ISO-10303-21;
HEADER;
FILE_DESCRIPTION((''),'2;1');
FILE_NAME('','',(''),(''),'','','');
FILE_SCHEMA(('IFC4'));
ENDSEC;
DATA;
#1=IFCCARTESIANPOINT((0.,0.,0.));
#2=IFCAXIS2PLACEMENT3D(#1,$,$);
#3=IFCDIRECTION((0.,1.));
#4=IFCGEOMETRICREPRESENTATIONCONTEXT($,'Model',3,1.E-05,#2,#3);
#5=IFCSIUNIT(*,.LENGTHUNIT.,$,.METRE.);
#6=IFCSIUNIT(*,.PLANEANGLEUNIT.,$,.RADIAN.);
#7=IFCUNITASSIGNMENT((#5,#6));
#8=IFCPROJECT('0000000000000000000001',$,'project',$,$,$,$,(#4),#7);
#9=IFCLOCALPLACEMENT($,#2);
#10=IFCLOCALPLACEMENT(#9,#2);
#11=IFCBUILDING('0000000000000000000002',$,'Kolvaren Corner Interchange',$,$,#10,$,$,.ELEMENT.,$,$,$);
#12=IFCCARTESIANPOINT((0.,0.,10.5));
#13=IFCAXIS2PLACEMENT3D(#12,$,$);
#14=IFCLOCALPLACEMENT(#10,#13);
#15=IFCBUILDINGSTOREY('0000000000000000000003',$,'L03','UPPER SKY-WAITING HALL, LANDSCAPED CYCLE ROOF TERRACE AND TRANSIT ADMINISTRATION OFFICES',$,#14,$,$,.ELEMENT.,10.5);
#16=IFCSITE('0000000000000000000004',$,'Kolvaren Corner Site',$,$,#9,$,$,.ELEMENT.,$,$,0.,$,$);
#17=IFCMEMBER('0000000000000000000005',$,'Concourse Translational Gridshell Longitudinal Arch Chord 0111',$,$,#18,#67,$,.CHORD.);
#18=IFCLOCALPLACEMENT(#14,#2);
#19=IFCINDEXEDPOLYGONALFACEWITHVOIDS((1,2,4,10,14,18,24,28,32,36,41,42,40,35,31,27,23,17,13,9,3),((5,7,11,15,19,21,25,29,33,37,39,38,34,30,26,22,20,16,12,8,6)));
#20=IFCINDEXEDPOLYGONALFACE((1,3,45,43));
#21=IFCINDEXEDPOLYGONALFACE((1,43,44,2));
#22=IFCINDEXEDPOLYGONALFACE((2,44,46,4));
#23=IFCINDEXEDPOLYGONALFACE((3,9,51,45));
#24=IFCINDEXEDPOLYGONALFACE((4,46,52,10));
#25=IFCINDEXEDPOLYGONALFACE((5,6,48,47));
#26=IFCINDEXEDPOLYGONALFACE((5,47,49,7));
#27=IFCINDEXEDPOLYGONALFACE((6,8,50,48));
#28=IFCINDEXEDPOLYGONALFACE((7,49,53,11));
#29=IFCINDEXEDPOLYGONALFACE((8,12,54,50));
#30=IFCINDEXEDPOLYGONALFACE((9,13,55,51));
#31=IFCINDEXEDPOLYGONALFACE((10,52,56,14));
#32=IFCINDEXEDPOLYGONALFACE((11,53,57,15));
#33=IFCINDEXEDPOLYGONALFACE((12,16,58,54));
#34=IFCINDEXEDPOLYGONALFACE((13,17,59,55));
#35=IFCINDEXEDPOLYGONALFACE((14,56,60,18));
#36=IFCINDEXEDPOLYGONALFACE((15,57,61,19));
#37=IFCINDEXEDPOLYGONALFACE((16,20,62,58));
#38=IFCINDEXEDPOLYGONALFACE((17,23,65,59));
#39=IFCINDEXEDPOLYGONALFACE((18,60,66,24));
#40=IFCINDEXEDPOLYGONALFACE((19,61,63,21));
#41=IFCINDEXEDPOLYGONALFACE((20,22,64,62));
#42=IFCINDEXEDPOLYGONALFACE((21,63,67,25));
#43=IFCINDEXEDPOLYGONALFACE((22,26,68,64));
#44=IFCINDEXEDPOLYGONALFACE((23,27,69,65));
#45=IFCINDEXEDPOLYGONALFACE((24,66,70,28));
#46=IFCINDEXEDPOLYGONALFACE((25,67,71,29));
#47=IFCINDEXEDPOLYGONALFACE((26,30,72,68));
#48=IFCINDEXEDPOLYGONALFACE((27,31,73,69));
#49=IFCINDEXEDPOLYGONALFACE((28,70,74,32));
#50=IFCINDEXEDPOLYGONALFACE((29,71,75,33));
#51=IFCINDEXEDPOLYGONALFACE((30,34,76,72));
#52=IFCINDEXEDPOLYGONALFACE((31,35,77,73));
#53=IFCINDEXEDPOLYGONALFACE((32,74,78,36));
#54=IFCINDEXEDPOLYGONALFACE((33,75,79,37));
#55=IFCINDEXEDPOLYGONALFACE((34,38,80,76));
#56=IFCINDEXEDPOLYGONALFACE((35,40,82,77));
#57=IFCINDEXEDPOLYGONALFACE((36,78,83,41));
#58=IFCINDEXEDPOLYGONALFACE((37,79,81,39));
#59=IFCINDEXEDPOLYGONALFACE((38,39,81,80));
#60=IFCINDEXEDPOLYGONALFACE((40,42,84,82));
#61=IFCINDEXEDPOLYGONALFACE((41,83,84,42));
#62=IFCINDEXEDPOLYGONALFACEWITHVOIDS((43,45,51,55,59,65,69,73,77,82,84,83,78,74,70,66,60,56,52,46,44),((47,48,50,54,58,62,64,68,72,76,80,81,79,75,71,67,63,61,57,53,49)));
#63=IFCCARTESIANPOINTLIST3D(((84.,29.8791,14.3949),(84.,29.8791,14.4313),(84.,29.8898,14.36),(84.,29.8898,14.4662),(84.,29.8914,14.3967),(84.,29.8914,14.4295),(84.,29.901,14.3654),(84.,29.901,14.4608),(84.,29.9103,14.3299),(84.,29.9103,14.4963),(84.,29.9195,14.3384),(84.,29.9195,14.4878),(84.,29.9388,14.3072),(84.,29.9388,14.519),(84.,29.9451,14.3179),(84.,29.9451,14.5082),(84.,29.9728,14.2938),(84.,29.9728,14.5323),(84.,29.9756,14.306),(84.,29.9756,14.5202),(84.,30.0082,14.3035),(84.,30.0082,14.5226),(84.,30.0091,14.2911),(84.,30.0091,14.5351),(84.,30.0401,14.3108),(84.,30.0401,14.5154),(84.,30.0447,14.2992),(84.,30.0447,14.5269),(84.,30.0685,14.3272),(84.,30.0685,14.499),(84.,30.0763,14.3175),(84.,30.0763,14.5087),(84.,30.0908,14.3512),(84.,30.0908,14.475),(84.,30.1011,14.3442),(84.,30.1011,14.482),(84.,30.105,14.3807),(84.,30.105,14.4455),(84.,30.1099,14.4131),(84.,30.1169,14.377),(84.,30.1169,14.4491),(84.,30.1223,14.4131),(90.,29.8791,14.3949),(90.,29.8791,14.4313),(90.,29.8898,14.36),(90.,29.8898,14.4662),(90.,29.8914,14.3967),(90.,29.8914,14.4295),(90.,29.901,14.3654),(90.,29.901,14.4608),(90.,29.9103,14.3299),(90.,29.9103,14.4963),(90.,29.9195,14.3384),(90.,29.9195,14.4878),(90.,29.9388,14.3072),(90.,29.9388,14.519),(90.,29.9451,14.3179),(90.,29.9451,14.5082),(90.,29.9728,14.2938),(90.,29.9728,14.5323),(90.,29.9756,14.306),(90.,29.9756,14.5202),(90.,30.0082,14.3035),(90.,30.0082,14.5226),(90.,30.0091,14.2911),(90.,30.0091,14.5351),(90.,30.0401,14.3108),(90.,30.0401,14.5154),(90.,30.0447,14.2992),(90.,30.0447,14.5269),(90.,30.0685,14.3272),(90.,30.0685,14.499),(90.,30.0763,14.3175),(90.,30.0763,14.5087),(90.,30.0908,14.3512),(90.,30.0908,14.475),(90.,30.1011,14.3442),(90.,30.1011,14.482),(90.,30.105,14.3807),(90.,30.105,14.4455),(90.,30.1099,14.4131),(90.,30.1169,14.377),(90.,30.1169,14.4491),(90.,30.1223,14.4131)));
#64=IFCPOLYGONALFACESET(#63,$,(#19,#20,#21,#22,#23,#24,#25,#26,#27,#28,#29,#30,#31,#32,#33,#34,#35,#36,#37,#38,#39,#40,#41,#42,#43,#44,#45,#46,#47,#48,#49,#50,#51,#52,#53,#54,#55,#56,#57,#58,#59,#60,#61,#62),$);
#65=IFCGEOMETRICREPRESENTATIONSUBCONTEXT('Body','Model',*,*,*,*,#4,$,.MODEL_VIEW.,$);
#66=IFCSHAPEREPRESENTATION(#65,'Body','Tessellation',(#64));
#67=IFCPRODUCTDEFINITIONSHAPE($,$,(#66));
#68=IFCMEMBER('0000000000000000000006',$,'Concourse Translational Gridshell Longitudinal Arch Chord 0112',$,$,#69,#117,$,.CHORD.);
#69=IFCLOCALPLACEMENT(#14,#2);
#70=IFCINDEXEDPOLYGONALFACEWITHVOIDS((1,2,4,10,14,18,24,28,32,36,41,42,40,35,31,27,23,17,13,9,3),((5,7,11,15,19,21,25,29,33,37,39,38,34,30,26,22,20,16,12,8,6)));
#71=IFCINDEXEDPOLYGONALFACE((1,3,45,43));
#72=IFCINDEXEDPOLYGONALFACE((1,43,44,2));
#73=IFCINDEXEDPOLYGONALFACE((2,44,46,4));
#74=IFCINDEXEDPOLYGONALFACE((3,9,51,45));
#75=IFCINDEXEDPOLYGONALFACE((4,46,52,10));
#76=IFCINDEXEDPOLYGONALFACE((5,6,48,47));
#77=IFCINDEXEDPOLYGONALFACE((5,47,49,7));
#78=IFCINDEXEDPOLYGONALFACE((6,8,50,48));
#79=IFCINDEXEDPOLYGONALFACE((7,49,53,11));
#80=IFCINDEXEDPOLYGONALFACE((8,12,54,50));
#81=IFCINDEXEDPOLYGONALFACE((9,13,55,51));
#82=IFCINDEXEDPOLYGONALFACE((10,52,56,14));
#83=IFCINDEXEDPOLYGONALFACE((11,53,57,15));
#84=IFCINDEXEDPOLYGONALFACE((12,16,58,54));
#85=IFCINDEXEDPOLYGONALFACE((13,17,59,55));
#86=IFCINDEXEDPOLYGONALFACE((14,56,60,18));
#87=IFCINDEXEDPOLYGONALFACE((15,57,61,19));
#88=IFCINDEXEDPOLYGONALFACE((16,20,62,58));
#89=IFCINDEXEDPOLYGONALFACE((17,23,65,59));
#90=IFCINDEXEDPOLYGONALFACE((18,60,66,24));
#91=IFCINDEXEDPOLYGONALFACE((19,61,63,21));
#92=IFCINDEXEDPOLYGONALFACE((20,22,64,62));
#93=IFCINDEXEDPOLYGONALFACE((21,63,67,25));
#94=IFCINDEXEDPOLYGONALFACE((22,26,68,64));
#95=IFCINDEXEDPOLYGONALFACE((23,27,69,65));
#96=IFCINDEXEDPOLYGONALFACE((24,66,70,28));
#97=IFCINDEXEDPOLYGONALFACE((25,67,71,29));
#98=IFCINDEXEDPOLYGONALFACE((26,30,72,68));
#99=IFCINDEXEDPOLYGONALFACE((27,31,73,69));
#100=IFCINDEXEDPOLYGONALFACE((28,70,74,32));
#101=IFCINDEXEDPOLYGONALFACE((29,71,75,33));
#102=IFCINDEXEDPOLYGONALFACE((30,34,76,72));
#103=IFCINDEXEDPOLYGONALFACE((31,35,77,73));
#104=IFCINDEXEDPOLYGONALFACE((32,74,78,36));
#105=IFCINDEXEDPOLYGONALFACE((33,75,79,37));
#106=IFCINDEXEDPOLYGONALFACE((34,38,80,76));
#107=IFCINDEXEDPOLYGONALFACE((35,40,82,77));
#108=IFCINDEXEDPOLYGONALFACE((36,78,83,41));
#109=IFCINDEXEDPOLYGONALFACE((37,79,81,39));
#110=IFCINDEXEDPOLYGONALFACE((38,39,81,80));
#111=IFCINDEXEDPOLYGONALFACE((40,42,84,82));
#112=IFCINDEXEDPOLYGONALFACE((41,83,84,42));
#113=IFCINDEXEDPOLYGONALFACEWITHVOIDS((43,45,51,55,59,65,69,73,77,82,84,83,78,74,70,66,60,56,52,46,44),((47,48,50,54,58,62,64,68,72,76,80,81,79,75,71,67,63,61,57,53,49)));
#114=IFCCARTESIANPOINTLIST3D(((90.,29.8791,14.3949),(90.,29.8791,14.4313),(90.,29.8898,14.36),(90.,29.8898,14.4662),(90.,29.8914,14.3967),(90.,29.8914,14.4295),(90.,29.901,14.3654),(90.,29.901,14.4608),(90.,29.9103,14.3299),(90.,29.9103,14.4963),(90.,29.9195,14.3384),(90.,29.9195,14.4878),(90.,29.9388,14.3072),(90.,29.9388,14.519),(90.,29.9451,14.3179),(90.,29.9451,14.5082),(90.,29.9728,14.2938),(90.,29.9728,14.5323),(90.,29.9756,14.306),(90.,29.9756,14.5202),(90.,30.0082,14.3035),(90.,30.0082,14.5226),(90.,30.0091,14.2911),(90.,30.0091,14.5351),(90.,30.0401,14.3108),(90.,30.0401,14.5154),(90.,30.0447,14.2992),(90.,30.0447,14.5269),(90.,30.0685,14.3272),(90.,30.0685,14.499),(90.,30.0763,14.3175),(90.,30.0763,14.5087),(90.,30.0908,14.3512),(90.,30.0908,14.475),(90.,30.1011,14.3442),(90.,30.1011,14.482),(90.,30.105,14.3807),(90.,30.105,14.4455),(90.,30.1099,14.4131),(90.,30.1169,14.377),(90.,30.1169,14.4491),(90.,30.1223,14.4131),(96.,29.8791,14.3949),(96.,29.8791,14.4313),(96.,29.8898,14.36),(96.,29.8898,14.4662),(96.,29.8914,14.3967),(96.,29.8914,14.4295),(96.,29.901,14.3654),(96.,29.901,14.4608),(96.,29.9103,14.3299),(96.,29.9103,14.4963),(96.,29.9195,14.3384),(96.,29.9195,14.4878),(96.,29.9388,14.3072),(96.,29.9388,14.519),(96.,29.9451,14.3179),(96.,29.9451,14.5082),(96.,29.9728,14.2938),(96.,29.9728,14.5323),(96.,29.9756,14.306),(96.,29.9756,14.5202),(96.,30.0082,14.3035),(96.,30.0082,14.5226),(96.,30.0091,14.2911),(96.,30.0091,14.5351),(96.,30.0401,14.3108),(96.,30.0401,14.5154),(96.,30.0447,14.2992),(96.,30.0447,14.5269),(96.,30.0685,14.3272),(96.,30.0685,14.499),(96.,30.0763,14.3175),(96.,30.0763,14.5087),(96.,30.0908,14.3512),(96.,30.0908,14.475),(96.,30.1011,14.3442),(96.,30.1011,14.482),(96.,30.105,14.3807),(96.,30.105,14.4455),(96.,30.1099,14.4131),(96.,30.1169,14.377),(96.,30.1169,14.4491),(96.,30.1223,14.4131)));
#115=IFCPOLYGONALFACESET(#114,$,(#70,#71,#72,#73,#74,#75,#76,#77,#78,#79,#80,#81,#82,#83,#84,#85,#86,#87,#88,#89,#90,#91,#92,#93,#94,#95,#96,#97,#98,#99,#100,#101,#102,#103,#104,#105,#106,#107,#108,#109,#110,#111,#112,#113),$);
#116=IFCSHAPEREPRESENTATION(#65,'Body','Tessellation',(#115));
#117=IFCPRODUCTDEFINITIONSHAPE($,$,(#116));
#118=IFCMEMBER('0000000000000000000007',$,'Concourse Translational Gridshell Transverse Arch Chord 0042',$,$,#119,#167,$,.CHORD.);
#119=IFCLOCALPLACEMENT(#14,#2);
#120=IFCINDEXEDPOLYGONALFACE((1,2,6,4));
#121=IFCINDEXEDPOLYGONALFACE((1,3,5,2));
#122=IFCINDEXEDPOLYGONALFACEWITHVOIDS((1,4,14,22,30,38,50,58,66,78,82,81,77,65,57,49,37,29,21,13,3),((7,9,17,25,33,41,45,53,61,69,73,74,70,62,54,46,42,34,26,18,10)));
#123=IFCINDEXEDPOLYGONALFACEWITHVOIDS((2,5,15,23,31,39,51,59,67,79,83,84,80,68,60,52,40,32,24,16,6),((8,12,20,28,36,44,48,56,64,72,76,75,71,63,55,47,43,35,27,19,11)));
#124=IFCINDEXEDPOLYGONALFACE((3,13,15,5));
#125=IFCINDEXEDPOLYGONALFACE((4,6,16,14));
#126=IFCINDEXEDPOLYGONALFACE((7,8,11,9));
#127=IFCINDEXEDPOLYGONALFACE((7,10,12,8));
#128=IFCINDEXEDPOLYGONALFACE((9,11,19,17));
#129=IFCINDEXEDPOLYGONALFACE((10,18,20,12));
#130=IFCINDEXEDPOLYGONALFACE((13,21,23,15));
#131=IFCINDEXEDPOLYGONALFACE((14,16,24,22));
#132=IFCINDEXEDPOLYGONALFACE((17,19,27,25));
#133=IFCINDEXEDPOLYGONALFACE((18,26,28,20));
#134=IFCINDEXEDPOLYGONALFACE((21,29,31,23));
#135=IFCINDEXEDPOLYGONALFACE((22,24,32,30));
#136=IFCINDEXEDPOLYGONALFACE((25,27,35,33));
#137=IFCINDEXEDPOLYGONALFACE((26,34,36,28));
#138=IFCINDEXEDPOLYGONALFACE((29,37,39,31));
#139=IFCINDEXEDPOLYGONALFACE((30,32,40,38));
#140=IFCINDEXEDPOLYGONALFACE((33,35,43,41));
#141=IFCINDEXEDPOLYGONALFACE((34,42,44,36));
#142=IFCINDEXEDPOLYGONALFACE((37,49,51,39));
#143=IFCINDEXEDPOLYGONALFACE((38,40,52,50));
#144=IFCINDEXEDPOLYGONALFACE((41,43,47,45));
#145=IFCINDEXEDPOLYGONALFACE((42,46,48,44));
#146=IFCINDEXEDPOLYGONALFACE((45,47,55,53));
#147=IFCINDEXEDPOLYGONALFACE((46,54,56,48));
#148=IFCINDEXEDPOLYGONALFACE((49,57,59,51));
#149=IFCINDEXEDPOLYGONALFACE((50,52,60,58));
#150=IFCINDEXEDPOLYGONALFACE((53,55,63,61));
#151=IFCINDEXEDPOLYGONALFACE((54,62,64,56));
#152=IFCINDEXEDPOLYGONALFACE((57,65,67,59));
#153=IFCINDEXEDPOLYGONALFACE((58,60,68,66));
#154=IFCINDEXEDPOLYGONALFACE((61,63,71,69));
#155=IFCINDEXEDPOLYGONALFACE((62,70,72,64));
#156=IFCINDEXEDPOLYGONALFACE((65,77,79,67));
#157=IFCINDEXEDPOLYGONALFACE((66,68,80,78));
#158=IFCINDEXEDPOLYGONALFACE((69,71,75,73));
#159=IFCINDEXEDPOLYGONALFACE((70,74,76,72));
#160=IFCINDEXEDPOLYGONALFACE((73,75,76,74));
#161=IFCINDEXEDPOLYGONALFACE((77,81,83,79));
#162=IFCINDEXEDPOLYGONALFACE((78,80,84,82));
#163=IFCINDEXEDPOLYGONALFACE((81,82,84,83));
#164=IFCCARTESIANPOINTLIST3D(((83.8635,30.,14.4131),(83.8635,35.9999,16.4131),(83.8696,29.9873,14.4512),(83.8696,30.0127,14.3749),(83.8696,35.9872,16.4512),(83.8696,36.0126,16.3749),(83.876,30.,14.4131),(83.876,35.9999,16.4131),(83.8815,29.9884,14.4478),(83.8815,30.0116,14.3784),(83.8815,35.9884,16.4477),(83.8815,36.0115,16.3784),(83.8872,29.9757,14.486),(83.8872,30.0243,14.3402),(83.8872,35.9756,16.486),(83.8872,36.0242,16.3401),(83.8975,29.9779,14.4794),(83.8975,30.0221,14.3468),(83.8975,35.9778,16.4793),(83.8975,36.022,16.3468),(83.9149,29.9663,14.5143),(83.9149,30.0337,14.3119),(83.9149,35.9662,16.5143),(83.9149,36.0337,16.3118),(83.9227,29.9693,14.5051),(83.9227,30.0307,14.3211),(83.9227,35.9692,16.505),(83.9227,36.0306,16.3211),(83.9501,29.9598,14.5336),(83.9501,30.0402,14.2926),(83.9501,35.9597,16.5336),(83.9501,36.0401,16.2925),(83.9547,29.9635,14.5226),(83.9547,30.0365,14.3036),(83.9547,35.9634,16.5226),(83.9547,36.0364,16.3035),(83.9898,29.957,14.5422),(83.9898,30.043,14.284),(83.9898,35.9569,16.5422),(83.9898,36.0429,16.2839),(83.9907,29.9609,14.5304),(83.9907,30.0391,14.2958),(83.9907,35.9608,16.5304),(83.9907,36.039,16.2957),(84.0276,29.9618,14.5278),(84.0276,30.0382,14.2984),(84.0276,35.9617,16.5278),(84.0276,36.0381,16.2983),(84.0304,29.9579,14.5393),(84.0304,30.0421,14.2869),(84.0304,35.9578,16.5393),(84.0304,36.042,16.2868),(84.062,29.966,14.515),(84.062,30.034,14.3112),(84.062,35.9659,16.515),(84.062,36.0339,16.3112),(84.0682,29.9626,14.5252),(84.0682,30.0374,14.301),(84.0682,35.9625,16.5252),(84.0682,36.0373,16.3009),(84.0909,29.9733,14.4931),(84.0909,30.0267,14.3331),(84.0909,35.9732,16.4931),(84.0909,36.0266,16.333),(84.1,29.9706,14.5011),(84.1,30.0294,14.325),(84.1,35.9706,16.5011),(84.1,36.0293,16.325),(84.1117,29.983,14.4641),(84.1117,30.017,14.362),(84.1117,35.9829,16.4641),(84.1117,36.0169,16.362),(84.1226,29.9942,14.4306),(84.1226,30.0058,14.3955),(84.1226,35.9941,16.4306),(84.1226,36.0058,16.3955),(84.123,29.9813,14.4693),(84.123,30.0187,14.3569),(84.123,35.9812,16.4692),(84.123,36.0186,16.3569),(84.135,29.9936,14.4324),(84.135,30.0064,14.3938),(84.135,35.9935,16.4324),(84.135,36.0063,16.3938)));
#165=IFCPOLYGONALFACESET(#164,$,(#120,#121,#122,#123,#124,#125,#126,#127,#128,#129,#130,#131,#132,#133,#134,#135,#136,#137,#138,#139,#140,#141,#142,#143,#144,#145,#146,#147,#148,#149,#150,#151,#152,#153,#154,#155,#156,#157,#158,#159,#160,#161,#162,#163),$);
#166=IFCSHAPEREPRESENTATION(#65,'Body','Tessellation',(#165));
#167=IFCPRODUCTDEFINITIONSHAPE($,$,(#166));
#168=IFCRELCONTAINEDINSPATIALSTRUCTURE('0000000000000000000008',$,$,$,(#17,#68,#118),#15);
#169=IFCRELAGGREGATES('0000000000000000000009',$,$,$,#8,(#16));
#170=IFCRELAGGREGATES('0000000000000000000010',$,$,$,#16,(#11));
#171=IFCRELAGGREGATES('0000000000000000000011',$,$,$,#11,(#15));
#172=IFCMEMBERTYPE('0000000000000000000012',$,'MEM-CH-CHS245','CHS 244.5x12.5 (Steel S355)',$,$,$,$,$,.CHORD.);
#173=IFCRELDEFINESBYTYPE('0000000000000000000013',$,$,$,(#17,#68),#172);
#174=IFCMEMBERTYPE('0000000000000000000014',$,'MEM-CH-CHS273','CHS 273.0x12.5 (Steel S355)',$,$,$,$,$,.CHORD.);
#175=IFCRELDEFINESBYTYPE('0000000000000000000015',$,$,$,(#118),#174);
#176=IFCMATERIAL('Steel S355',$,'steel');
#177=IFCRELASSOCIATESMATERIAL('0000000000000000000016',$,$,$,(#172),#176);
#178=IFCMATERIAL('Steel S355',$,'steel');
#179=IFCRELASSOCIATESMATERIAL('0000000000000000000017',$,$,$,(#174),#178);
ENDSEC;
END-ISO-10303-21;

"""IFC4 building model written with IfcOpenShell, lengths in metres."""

from ifc_helpers import new_model, si_unit, direction, frame, origin, origin_2d, place, context, subcontext, project, spatial, hollow_circle, extrude, material, material_profile, profile_set, type_object, element, save


model = new_model("IFC4")

# Units and contexts
model_context = context("Model", 3, precision=1e-05, world=origin(), true_north=direction((0.0, 1.0)))
body_context = subcontext(model_context, "Body", "Model", "MODEL_VIEW")
ifc_project = project(units=[si_unit("LENGTHUNIT", "METRE"), si_unit("PLANEANGLEUNIT", "RADIAN")], contexts=[model_context])

# Site, building, storey
site_placement = place(None, origin())
site = spatial("IfcSite", under=ifc_project, at=site_placement, Name="Kolvaren Corner Site", CompositionType="ELEMENT", RefElevation=0.0)
building_placement = place(site_placement, origin())
building = spatial("IfcBuilding", under=site, at=building_placement, Name="Kolvaren Corner Interchange", CompositionType="ELEMENT")
storey_placement = place(building_placement, frame((0.0, 0.0, 10.5)))
storey = spatial("IfcBuildingStorey", under=building, at=storey_placement, Name="L03", Description="UPPER SKY-WAITING HALL, LANDSCAPED CYCLE ROOF TERRACE AND TRANSIT ADMINISTRATION OFFICES", CompositionType="ELEMENT", Elevation=10.5)

# Members
ifc_material_1 = material(Name="Steel S355", Category="steel")
ifc_material_profile_1 = material_profile(ifc_material_1, hollow_circle(Radius=0.1223, WallThickness=0.0125, at=origin_2d()), Name="CHS 244.5x12.5")
ifc_profile_set_1 = profile_set([ifc_material_profile_1], Name="Steel S355")
member_type_1 = type_object("IfcMemberType", Name="MEM-CH-CHS245", Description="CHS 244.5x12.5 (Steel S355)", PredefinedType="CHORD", material=ifc_profile_set_1)
for number, where, z_axis, x_axis, name in (
    (1, (84.0, 30.0, 14.4131), (1.0, 0.0, 0.0), (0.0, 1.0, 0.0), "Concourse Translational Gridshell Longitudinal Arch Chord 0111"),
    (2, (90.0, 30.0, 14.4131), (1.0, 0.0, 0.0), (0.0, 1.0, 0.0), "Concourse Translational Gridshell Longitudinal Arch Chord 0112"),
):
    element("IfcMember", number, at=place(storey_placement, frame(where, z_axis=z_axis, x_axis=x_axis)), inside=storey, type_object=member_type_1, Name=name, PredefinedType="CHORD", context=body_context, shape_type="SweptSolid", body=[
        extrude(hollow_circle(Radius=0.1223, WallThickness=0.0125, at=origin_2d()), origin(), (0.0, 0.0, 1.0), 6.0),
    ])
ifc_material_2 = material(Name="Steel S355", Category="steel")
ifc_material_profile_2 = material_profile(ifc_material_2, hollow_circle(Radius=0.1365, WallThickness=0.0125, at=origin_2d()), Name="CHS 273.0x12.5")
ifc_profile_set_2 = profile_set([ifc_material_profile_2], Name="Steel S355")
member_type_2 = type_object("IfcMemberType", Name="MEM-CH-CHS273", Description="CHS 273.0x12.5 (Steel S355)", PredefinedType="CHORD", material=ifc_profile_set_2)
member_1_placement = place(storey_placement, frame((84.0, 30.0, 14.4131), z_axis=(0.0, 0.948683, 0.316228), x_axis=(-1.0, 0.0, 0.0)))
element("IfcMember", 3, at=member_1_placement, inside=storey, type_object=member_type_2, Name="Concourse Translational Gridshell Transverse Arch Chord 0042", PredefinedType="CHORD", context=body_context, shape_type="SweptSolid", body=[
    extrude(hollow_circle(Radius=0.1365, WallThickness=0.0125, at=origin_2d()), origin(), (0.0, 0.0, 1.0), 6.3245),
])

save(model, "model.ifc")
